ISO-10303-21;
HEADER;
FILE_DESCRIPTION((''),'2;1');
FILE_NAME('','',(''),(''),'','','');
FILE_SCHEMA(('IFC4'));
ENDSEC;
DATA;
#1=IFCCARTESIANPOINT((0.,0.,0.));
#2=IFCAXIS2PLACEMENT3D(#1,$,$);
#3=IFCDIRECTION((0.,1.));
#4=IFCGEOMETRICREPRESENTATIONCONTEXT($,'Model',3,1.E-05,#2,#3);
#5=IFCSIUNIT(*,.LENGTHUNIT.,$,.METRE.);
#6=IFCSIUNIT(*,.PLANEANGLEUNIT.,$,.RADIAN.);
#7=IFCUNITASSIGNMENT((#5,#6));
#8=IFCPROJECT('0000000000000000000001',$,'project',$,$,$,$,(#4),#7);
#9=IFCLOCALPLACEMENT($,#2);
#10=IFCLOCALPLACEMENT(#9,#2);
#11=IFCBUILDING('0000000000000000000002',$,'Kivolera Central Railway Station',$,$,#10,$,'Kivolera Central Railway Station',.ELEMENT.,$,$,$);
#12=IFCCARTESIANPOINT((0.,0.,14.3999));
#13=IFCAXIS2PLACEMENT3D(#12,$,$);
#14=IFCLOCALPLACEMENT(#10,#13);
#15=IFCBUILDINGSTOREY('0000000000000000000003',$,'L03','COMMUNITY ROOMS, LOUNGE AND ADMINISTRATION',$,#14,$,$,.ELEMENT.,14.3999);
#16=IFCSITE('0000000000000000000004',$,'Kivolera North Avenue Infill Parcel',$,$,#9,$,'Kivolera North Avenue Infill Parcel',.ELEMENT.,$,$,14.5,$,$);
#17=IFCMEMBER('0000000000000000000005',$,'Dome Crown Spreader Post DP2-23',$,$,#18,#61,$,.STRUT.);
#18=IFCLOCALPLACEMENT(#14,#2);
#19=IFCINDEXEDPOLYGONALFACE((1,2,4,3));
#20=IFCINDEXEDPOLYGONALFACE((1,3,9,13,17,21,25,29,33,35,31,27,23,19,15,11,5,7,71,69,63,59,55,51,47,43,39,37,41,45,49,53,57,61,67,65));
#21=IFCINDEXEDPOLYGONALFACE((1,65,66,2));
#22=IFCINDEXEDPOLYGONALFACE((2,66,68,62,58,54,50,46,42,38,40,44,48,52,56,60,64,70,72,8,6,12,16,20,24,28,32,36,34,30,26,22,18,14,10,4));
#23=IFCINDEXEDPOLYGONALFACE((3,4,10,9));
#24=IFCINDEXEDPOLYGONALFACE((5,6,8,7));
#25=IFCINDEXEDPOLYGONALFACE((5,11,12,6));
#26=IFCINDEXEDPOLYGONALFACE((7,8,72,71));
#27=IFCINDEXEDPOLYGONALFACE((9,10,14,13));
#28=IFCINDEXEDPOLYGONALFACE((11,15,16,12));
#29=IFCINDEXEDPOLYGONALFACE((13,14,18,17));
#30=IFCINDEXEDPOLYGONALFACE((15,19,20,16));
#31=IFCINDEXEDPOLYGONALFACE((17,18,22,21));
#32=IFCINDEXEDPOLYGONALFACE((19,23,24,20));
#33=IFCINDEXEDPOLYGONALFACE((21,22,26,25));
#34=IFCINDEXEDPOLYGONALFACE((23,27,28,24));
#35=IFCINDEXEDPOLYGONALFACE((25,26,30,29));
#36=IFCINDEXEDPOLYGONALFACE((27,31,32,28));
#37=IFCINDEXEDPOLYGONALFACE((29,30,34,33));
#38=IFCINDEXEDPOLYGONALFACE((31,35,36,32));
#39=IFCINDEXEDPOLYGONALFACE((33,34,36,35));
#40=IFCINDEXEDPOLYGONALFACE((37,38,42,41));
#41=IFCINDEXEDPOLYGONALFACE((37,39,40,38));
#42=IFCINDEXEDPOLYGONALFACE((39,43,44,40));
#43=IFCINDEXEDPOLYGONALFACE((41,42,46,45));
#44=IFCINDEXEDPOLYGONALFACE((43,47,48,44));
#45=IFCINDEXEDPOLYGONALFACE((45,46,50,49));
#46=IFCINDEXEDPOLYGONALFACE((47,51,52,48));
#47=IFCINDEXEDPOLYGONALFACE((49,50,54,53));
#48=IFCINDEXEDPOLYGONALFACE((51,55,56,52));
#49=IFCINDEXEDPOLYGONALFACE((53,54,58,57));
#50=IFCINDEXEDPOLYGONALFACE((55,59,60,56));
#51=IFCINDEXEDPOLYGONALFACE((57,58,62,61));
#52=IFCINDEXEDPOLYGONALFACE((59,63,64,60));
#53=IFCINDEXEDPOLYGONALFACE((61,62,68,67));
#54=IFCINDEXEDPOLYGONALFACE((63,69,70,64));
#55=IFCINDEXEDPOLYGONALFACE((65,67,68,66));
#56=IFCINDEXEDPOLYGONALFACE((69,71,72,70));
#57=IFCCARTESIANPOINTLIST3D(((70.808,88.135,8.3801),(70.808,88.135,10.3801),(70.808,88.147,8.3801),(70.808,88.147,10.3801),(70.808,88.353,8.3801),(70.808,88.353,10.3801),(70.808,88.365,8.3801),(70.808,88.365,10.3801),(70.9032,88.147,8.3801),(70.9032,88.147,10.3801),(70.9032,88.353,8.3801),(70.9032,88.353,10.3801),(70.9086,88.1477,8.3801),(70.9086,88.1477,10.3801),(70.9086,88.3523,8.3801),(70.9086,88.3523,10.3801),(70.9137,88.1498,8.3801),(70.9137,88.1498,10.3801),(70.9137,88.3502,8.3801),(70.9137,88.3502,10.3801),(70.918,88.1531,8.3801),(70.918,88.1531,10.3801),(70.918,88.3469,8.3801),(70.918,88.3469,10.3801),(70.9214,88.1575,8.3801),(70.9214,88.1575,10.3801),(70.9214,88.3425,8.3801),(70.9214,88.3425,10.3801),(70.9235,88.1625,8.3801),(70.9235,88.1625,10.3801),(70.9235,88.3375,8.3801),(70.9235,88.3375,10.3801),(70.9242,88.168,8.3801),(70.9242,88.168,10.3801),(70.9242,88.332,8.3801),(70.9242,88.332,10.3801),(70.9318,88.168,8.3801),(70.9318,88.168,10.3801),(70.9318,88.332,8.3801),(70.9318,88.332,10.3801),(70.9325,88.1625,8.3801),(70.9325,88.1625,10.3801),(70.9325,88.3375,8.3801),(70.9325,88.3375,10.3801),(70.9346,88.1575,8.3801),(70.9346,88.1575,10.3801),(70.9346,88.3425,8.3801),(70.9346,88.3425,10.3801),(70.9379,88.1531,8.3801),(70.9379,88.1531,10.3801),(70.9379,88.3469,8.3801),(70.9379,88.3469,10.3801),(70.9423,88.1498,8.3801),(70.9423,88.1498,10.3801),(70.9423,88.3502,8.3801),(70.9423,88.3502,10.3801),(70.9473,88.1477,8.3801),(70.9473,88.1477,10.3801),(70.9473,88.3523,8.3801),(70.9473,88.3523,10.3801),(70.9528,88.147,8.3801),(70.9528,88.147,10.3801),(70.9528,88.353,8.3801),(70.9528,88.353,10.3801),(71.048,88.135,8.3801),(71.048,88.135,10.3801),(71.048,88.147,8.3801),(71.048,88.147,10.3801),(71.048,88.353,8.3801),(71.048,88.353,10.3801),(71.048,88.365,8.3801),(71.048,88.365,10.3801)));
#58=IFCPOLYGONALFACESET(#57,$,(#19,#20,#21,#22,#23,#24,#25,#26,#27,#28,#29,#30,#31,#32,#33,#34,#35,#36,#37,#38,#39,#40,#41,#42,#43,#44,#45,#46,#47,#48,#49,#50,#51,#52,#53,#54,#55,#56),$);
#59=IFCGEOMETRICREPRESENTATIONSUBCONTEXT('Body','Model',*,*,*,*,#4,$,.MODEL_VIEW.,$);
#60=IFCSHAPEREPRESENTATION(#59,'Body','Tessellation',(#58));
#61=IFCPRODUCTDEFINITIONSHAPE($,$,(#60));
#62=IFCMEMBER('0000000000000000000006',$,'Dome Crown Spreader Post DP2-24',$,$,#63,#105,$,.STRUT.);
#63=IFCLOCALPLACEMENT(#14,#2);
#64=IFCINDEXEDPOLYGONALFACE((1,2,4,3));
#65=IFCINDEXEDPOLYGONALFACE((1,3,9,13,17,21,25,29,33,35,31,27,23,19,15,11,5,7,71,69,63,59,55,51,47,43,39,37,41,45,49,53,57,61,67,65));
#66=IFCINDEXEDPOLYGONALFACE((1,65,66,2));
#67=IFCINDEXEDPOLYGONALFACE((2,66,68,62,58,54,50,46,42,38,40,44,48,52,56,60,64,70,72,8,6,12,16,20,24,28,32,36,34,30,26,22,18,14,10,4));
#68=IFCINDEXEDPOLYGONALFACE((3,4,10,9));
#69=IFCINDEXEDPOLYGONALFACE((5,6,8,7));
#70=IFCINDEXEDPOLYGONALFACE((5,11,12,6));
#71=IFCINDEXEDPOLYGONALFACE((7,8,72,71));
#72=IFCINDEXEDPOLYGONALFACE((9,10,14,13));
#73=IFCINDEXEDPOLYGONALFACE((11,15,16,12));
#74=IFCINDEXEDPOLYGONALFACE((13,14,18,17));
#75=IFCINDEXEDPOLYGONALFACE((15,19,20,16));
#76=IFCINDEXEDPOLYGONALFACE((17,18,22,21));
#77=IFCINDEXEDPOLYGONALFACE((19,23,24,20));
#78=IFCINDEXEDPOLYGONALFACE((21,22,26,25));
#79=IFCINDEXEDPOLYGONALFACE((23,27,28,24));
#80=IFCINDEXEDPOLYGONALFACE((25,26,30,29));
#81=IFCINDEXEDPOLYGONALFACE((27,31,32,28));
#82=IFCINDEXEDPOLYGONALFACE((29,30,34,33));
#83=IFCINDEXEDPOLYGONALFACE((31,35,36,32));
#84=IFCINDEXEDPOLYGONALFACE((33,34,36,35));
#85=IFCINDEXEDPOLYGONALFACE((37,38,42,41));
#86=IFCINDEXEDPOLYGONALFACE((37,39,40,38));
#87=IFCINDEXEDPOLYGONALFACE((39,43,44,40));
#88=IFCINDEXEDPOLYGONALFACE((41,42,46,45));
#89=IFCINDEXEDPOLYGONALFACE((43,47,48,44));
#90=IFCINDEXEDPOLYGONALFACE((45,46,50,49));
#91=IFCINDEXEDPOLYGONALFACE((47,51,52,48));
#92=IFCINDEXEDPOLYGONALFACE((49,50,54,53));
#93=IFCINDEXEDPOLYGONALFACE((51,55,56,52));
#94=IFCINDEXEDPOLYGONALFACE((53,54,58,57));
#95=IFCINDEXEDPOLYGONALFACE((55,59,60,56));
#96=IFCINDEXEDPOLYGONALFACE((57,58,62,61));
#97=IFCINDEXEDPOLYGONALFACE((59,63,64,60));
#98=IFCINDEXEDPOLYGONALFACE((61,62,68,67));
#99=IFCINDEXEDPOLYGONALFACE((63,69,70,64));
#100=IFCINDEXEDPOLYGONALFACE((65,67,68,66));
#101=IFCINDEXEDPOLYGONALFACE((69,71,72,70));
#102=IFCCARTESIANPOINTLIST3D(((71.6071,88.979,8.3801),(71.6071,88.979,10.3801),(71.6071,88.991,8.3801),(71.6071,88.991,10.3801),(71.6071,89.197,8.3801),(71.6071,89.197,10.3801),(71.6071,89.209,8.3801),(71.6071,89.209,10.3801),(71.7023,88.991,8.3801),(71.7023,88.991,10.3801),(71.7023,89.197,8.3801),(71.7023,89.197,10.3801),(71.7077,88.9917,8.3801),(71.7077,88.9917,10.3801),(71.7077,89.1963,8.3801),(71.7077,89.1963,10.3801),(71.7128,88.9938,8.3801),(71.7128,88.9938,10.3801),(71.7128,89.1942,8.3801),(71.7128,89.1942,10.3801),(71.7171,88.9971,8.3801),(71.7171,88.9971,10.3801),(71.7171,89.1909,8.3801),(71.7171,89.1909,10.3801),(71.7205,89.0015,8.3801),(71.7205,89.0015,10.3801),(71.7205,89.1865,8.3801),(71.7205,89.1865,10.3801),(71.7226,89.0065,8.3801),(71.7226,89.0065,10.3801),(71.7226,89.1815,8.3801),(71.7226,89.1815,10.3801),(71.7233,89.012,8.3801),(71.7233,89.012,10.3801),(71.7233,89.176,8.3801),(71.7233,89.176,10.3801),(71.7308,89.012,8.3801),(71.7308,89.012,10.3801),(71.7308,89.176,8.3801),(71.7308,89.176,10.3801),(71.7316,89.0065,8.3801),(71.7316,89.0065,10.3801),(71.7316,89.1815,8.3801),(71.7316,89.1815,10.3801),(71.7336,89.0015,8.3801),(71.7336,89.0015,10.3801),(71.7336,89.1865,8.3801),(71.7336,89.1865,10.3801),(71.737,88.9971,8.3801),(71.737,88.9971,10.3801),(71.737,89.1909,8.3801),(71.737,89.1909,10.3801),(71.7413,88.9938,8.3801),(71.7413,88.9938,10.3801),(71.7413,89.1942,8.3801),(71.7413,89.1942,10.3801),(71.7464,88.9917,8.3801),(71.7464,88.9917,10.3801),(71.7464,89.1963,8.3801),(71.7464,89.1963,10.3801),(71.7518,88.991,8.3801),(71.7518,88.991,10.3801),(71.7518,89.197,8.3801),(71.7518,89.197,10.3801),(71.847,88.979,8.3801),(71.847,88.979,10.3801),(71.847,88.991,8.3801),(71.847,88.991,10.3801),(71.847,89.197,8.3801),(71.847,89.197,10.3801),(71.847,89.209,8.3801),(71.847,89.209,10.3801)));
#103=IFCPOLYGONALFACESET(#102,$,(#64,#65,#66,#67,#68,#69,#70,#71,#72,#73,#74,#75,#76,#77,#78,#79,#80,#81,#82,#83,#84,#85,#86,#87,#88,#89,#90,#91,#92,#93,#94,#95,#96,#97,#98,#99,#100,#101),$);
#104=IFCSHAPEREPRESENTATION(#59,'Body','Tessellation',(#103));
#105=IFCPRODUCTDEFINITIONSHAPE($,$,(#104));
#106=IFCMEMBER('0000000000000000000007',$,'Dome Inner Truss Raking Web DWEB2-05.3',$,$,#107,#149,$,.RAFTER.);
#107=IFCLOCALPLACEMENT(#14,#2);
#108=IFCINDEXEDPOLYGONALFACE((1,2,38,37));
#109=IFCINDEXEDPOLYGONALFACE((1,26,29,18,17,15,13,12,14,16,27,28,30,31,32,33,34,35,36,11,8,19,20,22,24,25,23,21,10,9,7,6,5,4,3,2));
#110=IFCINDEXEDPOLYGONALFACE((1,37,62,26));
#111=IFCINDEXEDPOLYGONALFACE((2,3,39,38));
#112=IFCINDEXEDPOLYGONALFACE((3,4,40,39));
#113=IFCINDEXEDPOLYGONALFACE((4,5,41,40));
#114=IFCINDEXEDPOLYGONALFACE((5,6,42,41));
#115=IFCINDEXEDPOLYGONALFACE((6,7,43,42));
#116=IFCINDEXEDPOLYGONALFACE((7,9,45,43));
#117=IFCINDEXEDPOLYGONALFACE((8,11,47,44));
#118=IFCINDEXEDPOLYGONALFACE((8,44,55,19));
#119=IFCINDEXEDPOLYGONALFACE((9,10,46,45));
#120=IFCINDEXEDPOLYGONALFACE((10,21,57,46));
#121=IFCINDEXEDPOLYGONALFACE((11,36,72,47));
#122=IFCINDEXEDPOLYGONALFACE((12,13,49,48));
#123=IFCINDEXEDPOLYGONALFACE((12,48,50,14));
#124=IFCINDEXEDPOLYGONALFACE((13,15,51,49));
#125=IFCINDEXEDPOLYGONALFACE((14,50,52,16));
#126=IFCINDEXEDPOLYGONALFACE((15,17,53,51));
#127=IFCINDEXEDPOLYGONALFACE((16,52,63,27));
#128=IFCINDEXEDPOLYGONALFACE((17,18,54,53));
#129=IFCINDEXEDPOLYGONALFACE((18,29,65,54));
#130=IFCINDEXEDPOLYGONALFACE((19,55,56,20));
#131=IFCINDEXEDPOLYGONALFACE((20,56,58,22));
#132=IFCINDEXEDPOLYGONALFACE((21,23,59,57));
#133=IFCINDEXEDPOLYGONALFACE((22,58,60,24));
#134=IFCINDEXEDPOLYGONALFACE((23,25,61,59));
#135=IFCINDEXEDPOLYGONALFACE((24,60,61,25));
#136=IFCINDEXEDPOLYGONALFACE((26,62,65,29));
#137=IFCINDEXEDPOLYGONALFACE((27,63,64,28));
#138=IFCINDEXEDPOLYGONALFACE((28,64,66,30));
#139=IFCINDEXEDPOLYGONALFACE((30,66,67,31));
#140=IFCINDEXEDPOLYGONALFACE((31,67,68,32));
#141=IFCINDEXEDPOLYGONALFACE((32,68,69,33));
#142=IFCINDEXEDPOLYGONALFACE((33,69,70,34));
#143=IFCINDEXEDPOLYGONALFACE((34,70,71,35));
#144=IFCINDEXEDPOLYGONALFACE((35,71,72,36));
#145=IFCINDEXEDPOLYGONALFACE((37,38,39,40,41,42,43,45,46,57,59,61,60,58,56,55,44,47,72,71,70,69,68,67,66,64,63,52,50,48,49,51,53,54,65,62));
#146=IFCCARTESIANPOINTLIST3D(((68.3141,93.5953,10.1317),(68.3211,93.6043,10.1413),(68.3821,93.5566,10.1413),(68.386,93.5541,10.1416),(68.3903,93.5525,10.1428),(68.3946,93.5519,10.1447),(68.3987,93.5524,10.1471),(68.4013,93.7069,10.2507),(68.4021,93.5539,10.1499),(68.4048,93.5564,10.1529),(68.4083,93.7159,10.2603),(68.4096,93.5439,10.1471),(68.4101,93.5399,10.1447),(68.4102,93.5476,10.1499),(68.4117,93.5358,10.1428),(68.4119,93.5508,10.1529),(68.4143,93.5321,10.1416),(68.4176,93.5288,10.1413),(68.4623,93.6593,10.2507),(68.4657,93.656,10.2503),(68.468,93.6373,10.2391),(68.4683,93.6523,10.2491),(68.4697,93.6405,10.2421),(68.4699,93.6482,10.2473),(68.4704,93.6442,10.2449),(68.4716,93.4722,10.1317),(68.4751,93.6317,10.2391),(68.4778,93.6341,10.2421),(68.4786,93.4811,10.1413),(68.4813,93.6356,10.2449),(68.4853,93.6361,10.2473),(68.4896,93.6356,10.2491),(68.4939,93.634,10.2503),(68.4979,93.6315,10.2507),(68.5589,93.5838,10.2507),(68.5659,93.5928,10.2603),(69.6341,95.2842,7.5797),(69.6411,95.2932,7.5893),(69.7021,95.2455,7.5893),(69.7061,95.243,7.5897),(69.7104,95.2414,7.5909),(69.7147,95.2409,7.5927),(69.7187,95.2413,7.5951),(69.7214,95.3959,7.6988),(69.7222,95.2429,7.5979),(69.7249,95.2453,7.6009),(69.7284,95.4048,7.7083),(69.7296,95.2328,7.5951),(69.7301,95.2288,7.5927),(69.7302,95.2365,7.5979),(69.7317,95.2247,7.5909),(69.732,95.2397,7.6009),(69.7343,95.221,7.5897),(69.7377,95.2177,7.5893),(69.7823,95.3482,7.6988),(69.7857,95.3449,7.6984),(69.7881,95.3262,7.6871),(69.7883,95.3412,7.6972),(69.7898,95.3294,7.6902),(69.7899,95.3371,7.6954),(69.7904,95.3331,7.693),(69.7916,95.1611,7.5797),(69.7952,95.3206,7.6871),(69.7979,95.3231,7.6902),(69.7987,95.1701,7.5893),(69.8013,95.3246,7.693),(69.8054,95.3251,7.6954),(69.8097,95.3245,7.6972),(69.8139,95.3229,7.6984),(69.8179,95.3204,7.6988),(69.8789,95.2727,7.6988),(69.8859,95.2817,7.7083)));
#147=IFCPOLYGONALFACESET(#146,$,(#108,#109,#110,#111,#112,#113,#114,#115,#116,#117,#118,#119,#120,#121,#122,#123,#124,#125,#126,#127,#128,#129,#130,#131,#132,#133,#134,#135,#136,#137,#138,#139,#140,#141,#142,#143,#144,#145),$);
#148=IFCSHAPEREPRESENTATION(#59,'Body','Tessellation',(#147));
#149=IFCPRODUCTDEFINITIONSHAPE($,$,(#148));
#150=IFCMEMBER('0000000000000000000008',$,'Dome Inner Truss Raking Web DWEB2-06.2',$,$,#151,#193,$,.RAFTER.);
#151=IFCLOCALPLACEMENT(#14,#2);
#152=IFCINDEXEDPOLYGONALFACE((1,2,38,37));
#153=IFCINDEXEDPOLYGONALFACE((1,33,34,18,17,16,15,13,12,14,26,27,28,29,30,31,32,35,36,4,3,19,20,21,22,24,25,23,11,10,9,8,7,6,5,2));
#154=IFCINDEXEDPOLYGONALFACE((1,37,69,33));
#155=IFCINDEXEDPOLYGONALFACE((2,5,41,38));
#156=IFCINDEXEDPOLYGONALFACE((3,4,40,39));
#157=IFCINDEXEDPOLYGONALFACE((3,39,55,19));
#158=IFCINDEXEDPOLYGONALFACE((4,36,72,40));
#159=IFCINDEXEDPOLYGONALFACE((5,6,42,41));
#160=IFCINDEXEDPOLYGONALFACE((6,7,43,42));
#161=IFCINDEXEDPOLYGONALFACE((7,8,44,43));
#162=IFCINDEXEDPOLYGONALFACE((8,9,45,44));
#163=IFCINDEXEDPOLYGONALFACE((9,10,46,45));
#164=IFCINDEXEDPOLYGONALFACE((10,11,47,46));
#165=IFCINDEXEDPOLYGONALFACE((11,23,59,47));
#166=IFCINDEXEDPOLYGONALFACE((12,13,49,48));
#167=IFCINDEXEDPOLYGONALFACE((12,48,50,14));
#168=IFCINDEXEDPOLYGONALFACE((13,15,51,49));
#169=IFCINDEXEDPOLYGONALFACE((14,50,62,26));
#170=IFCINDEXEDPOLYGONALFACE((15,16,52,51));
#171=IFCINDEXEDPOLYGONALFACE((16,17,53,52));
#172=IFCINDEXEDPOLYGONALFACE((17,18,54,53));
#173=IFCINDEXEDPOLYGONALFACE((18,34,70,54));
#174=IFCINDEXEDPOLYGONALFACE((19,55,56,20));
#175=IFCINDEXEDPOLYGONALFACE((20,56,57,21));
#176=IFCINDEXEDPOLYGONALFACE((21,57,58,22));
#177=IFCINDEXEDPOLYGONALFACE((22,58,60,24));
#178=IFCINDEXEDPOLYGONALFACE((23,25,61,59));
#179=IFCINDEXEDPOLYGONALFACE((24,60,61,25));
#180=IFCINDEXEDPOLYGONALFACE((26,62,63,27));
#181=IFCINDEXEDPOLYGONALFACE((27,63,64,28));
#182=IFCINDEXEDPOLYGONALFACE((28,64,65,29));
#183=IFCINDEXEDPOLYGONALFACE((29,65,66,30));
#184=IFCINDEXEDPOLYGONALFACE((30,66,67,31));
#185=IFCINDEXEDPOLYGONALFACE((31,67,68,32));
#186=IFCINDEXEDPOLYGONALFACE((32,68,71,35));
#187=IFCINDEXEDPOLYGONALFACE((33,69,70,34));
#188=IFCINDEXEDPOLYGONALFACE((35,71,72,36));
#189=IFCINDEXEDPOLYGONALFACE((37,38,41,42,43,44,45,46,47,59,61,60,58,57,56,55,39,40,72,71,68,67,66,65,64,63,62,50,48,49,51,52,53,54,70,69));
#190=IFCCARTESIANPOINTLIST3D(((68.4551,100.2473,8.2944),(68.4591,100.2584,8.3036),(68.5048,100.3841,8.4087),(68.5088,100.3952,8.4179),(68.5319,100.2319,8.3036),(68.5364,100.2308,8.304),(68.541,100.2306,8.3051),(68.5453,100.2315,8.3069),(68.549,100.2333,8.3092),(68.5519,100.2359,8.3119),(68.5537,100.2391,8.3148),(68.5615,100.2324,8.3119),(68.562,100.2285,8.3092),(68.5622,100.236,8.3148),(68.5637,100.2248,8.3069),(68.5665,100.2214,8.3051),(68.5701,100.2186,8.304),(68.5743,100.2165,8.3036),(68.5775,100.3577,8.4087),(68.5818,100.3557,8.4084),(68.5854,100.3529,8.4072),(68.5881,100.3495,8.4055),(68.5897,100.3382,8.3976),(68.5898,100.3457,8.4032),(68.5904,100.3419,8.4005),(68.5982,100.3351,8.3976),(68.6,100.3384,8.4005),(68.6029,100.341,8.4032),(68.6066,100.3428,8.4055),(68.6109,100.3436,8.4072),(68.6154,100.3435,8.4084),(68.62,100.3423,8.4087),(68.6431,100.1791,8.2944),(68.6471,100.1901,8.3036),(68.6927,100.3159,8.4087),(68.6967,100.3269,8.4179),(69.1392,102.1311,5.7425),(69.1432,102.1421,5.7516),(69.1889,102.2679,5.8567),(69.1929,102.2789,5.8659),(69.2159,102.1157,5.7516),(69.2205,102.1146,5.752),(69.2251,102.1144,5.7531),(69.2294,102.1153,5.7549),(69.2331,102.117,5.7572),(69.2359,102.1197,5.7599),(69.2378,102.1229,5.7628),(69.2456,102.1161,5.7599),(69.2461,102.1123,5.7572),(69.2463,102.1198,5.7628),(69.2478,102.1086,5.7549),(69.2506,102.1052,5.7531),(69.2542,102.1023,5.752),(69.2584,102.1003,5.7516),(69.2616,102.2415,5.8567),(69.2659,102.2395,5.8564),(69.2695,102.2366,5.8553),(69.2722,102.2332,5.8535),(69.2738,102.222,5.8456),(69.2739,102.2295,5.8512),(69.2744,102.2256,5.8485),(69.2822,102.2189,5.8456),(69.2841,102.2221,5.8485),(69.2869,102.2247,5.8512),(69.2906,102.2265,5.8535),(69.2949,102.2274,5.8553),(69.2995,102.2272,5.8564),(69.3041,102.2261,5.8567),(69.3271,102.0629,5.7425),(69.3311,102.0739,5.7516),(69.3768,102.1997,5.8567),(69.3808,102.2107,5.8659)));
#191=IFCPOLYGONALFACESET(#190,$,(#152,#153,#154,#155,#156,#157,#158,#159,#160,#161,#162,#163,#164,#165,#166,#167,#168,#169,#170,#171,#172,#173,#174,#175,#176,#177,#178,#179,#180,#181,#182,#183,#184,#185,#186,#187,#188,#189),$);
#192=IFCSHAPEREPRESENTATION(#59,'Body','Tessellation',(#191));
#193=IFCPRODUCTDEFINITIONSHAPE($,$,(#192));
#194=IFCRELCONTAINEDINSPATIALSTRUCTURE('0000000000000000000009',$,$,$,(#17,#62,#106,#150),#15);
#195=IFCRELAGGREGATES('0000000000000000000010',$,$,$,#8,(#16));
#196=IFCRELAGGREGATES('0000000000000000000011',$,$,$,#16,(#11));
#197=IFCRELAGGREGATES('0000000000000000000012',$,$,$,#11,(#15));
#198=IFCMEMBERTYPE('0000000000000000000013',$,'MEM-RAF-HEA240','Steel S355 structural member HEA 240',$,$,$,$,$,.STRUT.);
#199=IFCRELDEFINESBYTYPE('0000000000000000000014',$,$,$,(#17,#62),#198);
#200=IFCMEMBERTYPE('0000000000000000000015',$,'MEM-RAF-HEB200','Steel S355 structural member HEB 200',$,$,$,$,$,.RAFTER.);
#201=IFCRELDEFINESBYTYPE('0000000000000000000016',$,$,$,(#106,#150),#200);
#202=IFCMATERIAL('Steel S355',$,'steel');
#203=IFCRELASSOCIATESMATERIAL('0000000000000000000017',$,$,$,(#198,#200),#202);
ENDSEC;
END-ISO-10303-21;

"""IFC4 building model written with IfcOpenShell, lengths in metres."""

from ifc_helpers import new_model, si_unit, direction, frame, origin, origin_2d, place, context, subcontext, project, spatial, i_section, extrude, material, material_profile, profile_set, type_object, element, save


model = new_model("IFC4")

# Units and contexts
model_context = context("Model", 3, precision=1e-05, world=origin(), true_north=direction((0.0, 1.0)))
body_context = subcontext(model_context, "Body", "Model", "MODEL_VIEW")
ifc_project = project(units=[si_unit("LENGTHUNIT", "METRE"), si_unit("PLANEANGLEUNIT", "RADIAN")], contexts=[model_context])

# Site, building, storey
site_placement = place(None, origin())
site = spatial("IfcSite", under=ifc_project, at=site_placement, Name="Kivolera North Avenue Infill Parcel", LongName="Kivolera North Avenue Infill Parcel", CompositionType="ELEMENT", RefElevation=14.5)
building_placement = place(site_placement, origin())
building = spatial("IfcBuilding", under=site, at=building_placement, Name="Kivolera Central Railway Station", LongName="Kivolera Central Railway Station", CompositionType="ELEMENT")
storey_placement = place(building_placement, frame((0.0, 0.0, 14.3999)))
storey = spatial("IfcBuildingStorey", under=building, at=storey_placement, Name="L03", Description="COMMUNITY ROOMS, LOUNGE AND ADMINISTRATION", CompositionType="ELEMENT", Elevation=14.3999)

# Shared definitions
ifc_material_1 = material(Name="Steel S355", Category="steel")

# Members
ifc_material_profile_1 = material_profile(ifc_material_1, i_section(OverallWidth=0.24, OverallDepth=0.23, WebThickness=0.0076, FlangeThickness=0.012, FilletRadius=0.021, at=origin_2d()), Name="HEA 240")
ifc_profile_set_1 = profile_set([ifc_material_profile_1], Name="Steel S355")
member_type_1 = type_object("IfcMemberType", Name="MEM-RAF-HEA240", Description="Steel S355 structural member HEA 240", PredefinedType="STRUT", material=ifc_profile_set_1)
for number, where, z_axis, x_axis, name in (
    (1, (70.928, 88.25, 8.3801), (0.0, 0.0, 1.0), (1.0, 0.0, 0.0), "Dome Crown Spreader Post DP2-23"),
    (2, (71.7271, 89.094, 8.3801), (0.0, 0.0, 1.0), (1.0, 0.0, 0.0), "Dome Crown Spreader Post DP2-24"),
):
    element("IfcMember", number, at=place(storey_placement, frame(where, z_axis=z_axis, x_axis=x_axis)), inside=storey, type_object=member_type_1, Name=name, PredefinedType="STRUT", context=body_context, shape_type="SweptSolid", body=[
        extrude(i_section(OverallWidth=0.24, OverallDepth=0.23, WebThickness=0.0076, FlangeThickness=0.012, FilletRadius=0.021, at=origin_2d()), origin(), (0.0, 0.0, 1.0), 2.0),
    ])
ifc_material_profile_2 = material_profile(ifc_material_1, i_section(OverallWidth=0.2, OverallDepth=0.2, WebThickness=0.009, FlangeThickness=0.0149, FilletRadius=0.0181, at=origin_2d()), Name="HEB 200")
ifc_profile_set_2 = profile_set([ifc_material_profile_2], Name="Steel S355")
member_type_2 = type_object("IfcMemberType", Name="MEM-RAF-HEB200", Description="Steel S355 structural member HEB 200", PredefinedType="RAFTER", material=ifc_profile_set_2)
member_1_placement = place(storey_placement, frame((69.76, 95.283, 7.644), z_axis=(-0.396078, -0.506763, 0.765711), x_axis=(0.787897, -0.615808, 0.0)))
element("IfcMember", 3, at=member_1_placement, inside=storey, type_object=member_type_2, Name="Dome Inner Truss Raking Web DWEB2-05.3", PredefinedType="RAFTER", context=body_context, shape_type="SweptSolid", body=[
    extrude(i_section(OverallWidth=0.2, OverallDepth=0.2, WebThickness=0.009, FlangeThickness=0.0149, FilletRadius=0.0181, at=origin_2d()), origin(), (0.0, 0.0, 1.0), 3.3328),
])
member_2_placement = place(storey_placement, frame((69.26, 102.1709, 5.8042), z_axis=(-0.210818, -0.580539, 0.786467), x_axis=(0.939943, -0.341332, 0.0)))
element("IfcMember", 4, at=member_2_placement, inside=storey, type_object=member_type_2, Name="Dome Inner Truss Raking Web DWEB2-06.2", PredefinedType="RAFTER", context=body_context, shape_type="SweptSolid", body=[
    extrude(i_section(OverallWidth=0.2, OverallDepth=0.2, WebThickness=0.009, FlangeThickness=0.0149, FilletRadius=0.0181, at=origin_2d()), origin(), (0.0, 0.0, 1.0), 3.2449),
])

save(model, "model.ifc")
